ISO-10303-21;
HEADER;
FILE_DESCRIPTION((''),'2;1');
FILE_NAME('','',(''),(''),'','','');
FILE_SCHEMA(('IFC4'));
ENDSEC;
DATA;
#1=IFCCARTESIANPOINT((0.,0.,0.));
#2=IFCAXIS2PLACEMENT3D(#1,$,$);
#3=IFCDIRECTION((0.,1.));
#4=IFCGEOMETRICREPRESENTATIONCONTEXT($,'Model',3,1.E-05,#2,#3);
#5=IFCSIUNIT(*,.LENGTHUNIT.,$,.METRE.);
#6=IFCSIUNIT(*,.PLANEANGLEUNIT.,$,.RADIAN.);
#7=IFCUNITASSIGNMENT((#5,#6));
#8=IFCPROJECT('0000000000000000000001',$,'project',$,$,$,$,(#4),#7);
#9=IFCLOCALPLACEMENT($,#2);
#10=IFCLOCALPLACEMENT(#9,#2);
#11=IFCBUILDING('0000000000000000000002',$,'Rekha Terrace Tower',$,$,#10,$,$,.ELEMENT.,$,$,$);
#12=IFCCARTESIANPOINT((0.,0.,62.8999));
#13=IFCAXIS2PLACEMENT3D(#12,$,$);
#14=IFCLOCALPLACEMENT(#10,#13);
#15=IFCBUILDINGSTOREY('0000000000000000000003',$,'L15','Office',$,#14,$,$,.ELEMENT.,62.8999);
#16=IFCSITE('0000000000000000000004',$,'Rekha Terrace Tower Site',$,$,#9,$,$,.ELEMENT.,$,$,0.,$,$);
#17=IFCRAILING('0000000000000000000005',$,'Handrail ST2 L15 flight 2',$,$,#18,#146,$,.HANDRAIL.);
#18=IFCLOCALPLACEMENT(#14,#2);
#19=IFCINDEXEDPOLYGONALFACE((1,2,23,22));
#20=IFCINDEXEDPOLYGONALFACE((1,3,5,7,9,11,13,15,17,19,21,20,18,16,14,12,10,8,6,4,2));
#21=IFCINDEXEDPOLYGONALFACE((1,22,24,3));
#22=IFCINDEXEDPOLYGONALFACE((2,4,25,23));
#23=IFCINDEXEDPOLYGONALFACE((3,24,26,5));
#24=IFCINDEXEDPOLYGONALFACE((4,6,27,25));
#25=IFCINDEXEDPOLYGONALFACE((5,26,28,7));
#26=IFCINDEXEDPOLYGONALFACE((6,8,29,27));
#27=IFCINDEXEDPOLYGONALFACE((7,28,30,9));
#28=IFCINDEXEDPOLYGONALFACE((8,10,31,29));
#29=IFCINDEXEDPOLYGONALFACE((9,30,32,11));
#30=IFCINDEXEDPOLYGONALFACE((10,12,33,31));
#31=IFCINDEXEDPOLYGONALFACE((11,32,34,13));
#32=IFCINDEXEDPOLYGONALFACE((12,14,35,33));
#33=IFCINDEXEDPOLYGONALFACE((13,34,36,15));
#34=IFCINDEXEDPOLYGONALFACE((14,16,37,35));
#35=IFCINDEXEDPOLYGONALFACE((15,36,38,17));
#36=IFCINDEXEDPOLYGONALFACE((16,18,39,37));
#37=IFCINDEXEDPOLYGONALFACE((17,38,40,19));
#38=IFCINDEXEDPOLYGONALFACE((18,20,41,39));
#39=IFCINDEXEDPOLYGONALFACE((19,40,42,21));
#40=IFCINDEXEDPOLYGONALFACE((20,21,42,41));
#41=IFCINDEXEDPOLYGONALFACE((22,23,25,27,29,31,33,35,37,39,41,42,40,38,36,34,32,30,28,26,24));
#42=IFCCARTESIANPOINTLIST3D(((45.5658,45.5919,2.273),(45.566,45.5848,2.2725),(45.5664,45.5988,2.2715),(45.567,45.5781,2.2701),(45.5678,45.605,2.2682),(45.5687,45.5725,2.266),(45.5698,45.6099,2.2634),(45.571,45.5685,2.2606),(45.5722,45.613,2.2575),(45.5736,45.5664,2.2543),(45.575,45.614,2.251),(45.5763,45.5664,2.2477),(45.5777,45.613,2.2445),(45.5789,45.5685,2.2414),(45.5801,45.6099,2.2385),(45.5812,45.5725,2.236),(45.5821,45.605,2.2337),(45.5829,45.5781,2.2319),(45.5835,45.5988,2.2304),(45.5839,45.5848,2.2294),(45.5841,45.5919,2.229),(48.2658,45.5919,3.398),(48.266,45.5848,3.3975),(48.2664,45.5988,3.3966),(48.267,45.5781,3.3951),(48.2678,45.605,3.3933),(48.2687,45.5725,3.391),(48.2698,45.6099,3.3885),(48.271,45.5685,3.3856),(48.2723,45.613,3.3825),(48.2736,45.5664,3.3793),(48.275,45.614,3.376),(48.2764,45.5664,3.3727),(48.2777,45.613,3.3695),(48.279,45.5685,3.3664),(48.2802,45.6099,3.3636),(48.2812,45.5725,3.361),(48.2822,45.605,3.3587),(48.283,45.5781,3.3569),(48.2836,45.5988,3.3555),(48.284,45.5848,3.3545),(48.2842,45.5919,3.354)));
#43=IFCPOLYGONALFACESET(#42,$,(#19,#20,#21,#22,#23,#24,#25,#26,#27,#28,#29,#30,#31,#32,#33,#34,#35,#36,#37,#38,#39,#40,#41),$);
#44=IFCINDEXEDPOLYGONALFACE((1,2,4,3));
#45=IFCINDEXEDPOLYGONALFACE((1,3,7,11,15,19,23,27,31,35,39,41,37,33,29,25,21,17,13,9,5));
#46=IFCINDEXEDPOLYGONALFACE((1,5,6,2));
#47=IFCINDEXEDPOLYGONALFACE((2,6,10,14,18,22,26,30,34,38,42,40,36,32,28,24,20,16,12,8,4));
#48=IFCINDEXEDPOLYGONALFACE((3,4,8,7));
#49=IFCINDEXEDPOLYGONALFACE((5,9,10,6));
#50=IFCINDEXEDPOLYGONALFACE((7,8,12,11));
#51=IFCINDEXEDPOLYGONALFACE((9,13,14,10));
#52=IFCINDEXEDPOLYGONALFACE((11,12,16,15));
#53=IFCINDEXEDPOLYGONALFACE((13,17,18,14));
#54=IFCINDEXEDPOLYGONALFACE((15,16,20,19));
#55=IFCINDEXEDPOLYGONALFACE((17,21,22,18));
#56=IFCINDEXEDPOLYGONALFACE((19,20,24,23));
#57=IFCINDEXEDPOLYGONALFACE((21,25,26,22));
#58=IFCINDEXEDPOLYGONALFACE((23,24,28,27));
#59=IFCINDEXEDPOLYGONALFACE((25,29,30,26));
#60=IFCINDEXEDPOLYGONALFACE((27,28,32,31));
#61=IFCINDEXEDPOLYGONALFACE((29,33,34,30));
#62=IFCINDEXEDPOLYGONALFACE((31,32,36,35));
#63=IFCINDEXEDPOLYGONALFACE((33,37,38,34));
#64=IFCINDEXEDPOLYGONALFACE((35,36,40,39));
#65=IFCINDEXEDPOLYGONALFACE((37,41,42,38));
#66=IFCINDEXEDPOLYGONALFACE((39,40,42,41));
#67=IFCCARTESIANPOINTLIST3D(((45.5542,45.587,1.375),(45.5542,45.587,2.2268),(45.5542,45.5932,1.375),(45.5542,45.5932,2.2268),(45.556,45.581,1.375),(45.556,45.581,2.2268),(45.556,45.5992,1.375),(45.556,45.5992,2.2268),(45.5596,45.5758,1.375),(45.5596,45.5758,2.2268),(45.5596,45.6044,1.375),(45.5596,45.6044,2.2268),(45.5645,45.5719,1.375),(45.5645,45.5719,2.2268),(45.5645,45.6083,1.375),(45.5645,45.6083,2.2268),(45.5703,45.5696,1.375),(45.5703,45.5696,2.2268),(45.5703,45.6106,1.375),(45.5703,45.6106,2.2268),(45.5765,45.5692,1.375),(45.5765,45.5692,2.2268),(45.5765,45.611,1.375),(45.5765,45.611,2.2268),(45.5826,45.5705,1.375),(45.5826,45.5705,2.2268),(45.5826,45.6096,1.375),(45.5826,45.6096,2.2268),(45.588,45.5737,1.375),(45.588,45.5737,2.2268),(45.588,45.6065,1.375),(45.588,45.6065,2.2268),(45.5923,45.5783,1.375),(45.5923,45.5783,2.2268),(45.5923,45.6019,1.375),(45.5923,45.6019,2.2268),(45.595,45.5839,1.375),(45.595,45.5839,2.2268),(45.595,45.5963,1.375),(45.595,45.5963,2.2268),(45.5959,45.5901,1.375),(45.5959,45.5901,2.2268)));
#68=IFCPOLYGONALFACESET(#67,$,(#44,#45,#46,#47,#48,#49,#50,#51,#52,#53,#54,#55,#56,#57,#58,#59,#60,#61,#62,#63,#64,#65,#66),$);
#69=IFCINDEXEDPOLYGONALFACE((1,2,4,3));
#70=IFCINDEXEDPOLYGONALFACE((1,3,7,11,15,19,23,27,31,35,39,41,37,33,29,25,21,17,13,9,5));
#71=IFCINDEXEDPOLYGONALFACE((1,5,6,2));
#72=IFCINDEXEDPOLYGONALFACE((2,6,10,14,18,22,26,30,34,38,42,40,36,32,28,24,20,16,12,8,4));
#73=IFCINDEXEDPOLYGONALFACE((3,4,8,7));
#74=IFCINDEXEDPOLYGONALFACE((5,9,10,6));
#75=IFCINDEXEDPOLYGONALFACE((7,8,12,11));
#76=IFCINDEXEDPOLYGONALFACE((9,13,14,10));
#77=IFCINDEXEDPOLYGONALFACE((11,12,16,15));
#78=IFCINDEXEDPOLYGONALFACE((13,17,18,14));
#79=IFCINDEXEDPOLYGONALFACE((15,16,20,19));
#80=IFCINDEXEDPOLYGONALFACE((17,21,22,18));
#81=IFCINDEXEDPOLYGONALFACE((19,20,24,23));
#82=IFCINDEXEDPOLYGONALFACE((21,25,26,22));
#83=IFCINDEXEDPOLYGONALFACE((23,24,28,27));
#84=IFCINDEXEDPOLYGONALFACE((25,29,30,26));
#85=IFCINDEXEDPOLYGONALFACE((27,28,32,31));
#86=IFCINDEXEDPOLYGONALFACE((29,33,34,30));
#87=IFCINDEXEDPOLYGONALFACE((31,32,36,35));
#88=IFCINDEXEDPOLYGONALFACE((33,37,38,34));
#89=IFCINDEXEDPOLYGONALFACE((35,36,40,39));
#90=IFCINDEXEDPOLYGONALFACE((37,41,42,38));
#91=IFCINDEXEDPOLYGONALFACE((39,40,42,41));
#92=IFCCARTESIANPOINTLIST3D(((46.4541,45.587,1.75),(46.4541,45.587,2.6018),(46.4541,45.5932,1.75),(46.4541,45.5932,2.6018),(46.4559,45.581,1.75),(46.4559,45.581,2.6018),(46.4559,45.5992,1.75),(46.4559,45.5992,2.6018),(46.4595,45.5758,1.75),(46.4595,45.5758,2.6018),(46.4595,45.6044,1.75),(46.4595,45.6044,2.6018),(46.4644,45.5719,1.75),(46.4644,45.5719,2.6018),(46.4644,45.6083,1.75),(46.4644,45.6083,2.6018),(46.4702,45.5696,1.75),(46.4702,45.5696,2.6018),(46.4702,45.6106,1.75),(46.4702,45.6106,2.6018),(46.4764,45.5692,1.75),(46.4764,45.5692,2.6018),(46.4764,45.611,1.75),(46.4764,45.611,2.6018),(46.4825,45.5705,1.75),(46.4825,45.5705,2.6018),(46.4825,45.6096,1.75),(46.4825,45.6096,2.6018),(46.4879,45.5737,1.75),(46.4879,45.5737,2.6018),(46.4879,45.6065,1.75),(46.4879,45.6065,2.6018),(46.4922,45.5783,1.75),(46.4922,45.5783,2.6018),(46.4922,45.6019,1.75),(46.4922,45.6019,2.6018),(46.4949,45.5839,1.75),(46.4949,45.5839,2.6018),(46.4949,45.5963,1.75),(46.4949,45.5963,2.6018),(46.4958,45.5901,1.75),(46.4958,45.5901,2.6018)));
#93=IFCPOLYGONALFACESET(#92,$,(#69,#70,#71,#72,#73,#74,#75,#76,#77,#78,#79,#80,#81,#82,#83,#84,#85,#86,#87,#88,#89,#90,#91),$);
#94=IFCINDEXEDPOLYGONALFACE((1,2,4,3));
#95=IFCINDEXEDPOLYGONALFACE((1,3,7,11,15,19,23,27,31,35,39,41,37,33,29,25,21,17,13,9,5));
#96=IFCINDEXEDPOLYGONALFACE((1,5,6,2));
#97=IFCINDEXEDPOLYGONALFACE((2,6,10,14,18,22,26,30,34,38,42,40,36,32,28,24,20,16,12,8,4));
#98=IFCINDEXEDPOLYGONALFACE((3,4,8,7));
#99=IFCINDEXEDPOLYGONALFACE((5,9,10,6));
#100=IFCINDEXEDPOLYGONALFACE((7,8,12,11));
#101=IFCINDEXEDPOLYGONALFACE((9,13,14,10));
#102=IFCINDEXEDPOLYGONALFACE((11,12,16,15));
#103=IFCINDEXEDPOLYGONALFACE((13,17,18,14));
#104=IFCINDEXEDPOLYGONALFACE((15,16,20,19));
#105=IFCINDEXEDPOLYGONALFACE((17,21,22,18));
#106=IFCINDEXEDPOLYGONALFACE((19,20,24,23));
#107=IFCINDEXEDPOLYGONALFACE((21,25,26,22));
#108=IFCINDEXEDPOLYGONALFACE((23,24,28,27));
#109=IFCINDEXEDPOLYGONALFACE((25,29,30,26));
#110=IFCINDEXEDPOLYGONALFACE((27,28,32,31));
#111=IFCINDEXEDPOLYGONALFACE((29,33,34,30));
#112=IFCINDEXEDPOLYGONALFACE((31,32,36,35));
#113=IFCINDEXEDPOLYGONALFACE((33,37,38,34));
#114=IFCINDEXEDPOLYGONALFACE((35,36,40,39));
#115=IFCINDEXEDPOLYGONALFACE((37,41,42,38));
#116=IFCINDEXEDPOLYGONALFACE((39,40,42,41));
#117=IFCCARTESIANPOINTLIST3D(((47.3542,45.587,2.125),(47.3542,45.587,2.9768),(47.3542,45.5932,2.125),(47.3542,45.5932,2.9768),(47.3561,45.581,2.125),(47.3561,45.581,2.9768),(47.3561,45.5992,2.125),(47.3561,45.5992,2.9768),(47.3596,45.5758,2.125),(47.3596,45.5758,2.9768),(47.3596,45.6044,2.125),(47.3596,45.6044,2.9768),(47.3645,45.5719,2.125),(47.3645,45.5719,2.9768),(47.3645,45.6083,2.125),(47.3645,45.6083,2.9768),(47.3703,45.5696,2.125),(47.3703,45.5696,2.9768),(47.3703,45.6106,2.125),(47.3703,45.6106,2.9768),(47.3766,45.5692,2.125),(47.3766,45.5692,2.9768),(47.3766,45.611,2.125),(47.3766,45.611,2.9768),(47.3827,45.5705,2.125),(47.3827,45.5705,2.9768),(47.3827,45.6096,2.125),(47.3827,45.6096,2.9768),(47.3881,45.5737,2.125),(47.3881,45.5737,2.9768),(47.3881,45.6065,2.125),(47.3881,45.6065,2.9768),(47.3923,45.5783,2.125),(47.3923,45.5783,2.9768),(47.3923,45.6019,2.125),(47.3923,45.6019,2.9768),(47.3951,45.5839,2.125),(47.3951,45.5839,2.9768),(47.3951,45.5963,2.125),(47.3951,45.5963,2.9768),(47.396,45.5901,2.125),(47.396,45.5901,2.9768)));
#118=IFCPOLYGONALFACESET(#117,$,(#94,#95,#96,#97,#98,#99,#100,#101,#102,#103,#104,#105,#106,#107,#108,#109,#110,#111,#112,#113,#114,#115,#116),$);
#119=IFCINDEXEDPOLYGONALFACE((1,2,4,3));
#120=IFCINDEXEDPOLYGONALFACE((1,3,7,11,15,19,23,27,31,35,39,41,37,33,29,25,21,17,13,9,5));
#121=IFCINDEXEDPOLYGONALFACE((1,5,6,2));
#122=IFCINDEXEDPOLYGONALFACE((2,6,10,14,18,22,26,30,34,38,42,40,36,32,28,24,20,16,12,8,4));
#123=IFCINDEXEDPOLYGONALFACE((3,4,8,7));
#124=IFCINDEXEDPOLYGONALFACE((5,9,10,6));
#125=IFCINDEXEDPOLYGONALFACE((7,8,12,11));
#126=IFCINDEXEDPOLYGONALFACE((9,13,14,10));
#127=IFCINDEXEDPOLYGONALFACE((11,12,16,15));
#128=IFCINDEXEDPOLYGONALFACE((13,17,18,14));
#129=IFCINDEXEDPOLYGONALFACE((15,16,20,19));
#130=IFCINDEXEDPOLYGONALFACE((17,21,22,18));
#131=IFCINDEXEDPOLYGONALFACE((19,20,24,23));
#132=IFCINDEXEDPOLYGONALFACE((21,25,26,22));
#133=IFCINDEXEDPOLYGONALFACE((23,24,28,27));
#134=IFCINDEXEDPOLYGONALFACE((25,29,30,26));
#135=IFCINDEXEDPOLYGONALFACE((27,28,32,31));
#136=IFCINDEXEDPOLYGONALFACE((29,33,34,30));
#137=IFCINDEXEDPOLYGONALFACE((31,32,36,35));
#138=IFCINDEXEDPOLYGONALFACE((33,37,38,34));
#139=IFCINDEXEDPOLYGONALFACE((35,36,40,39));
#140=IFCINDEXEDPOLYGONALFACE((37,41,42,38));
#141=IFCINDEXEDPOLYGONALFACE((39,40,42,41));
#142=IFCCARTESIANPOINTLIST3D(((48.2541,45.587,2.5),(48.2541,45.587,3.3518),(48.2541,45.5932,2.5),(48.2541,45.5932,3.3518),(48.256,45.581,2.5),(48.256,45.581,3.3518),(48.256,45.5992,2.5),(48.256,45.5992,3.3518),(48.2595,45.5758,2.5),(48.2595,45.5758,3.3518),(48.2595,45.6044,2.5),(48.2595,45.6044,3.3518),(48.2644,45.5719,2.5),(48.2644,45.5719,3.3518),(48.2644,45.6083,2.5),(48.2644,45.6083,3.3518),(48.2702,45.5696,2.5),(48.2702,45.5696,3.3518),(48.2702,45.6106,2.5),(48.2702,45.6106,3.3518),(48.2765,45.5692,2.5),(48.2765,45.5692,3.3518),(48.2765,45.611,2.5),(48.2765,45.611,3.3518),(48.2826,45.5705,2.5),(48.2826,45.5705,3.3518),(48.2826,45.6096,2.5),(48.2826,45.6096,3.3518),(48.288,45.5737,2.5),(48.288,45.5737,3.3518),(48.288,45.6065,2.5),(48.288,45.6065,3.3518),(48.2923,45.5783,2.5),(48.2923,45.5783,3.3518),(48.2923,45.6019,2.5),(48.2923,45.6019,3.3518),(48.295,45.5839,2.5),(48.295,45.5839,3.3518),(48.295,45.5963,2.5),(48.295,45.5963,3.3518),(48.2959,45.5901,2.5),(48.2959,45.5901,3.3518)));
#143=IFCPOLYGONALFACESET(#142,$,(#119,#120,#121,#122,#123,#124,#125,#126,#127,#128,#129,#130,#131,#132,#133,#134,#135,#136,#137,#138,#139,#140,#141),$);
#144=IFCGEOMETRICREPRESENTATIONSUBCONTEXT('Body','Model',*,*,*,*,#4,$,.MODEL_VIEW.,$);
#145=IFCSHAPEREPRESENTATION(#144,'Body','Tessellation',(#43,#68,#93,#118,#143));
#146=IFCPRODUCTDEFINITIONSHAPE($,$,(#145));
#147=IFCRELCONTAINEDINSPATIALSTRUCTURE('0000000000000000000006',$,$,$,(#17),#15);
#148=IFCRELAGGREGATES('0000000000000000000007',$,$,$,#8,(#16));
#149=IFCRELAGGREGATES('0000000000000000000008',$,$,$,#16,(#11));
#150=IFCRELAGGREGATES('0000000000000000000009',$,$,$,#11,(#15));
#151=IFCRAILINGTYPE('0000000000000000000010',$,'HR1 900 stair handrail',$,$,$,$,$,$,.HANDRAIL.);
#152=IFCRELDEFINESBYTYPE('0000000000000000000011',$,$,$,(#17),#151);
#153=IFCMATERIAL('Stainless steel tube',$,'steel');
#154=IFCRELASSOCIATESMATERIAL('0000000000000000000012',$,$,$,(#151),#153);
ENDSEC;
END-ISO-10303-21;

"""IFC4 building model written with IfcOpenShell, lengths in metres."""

from ifc_helpers import new_model, si_unit, direction, frame, origin, origin_2d, place, context, subcontext, project, spatial, circle, extrude, material, type_object, element, save


model = new_model("IFC4")

# Units and contexts
model_context = context("Model", 3, precision=1e-05, world=origin(), true_north=direction((0.0, 1.0)))
body_context = subcontext(model_context, "Body", "Model", "MODEL_VIEW")
ifc_project = project(units=[si_unit("LENGTHUNIT", "METRE"), si_unit("PLANEANGLEUNIT", "RADIAN")], contexts=[model_context])

# Site, building, storey
site_placement = place(None, origin())
site = spatial("IfcSite", under=ifc_project, at=site_placement, Name="Rekha Terrace Tower Site", CompositionType="ELEMENT", RefElevation=0.0)
building_placement = place(site_placement, origin())
building = spatial("IfcBuilding", under=site, at=building_placement, Name="Rekha Terrace Tower", CompositionType="ELEMENT")
storey_placement = place(building_placement, frame((0.0, 0.0, 62.8999)))
storey = spatial("IfcBuildingStorey", under=building, at=storey_placement, Name="L15", Description="Office", CompositionType="ELEMENT", Elevation=62.8999)

# Railing
ifc_material_1 = material(Name="Stainless steel tube", Category="steel")
railing_type_1 = type_object("IfcRailingType", Name="HR1 900 stair handrail", PredefinedType="HANDRAIL", material=ifc_material_1)
railing_1_placement = place(storey_placement, frame((45.575, 45.5901, 1.375)))
element("IfcRailing", 1, at=railing_1_placement, inside=storey, type_object=railing_type_1, Name="Handrail ST2 L15 flight 2", PredefinedType="HANDRAIL", context=body_context, shape_type="SweptSolid", body=[
    extrude(circle(Radius=0.0239, at=origin_2d()), frame((0.0, 0.0, 0.876), z_axis=(0.923074, 0.0, 0.384621), x_axis=(0.0, 1.0, 0.0)), (0.0, 0.0, 1.0), 2.925),
    extrude(circle(Radius=0.021, at=origin_2d()), origin(), (0.0, 0.0, 1.0), 0.8518),
    extrude(circle(Radius=0.021, at=origin_2d()), frame((0.8999, 0.0, 0.375)), (0.0, 0.0, 1.0), 0.8518),
    extrude(circle(Radius=0.021, at=origin_2d()), frame((1.8, 0.0, 0.75)), (0.0, 0.0, 1.0), 0.8518),
    extrude(circle(Radius=0.021, at=origin_2d()), frame((2.7, 0.0, 1.125)), (0.0, 0.0, 1.0), 0.8518),
])

save(model, "model.ifc")
